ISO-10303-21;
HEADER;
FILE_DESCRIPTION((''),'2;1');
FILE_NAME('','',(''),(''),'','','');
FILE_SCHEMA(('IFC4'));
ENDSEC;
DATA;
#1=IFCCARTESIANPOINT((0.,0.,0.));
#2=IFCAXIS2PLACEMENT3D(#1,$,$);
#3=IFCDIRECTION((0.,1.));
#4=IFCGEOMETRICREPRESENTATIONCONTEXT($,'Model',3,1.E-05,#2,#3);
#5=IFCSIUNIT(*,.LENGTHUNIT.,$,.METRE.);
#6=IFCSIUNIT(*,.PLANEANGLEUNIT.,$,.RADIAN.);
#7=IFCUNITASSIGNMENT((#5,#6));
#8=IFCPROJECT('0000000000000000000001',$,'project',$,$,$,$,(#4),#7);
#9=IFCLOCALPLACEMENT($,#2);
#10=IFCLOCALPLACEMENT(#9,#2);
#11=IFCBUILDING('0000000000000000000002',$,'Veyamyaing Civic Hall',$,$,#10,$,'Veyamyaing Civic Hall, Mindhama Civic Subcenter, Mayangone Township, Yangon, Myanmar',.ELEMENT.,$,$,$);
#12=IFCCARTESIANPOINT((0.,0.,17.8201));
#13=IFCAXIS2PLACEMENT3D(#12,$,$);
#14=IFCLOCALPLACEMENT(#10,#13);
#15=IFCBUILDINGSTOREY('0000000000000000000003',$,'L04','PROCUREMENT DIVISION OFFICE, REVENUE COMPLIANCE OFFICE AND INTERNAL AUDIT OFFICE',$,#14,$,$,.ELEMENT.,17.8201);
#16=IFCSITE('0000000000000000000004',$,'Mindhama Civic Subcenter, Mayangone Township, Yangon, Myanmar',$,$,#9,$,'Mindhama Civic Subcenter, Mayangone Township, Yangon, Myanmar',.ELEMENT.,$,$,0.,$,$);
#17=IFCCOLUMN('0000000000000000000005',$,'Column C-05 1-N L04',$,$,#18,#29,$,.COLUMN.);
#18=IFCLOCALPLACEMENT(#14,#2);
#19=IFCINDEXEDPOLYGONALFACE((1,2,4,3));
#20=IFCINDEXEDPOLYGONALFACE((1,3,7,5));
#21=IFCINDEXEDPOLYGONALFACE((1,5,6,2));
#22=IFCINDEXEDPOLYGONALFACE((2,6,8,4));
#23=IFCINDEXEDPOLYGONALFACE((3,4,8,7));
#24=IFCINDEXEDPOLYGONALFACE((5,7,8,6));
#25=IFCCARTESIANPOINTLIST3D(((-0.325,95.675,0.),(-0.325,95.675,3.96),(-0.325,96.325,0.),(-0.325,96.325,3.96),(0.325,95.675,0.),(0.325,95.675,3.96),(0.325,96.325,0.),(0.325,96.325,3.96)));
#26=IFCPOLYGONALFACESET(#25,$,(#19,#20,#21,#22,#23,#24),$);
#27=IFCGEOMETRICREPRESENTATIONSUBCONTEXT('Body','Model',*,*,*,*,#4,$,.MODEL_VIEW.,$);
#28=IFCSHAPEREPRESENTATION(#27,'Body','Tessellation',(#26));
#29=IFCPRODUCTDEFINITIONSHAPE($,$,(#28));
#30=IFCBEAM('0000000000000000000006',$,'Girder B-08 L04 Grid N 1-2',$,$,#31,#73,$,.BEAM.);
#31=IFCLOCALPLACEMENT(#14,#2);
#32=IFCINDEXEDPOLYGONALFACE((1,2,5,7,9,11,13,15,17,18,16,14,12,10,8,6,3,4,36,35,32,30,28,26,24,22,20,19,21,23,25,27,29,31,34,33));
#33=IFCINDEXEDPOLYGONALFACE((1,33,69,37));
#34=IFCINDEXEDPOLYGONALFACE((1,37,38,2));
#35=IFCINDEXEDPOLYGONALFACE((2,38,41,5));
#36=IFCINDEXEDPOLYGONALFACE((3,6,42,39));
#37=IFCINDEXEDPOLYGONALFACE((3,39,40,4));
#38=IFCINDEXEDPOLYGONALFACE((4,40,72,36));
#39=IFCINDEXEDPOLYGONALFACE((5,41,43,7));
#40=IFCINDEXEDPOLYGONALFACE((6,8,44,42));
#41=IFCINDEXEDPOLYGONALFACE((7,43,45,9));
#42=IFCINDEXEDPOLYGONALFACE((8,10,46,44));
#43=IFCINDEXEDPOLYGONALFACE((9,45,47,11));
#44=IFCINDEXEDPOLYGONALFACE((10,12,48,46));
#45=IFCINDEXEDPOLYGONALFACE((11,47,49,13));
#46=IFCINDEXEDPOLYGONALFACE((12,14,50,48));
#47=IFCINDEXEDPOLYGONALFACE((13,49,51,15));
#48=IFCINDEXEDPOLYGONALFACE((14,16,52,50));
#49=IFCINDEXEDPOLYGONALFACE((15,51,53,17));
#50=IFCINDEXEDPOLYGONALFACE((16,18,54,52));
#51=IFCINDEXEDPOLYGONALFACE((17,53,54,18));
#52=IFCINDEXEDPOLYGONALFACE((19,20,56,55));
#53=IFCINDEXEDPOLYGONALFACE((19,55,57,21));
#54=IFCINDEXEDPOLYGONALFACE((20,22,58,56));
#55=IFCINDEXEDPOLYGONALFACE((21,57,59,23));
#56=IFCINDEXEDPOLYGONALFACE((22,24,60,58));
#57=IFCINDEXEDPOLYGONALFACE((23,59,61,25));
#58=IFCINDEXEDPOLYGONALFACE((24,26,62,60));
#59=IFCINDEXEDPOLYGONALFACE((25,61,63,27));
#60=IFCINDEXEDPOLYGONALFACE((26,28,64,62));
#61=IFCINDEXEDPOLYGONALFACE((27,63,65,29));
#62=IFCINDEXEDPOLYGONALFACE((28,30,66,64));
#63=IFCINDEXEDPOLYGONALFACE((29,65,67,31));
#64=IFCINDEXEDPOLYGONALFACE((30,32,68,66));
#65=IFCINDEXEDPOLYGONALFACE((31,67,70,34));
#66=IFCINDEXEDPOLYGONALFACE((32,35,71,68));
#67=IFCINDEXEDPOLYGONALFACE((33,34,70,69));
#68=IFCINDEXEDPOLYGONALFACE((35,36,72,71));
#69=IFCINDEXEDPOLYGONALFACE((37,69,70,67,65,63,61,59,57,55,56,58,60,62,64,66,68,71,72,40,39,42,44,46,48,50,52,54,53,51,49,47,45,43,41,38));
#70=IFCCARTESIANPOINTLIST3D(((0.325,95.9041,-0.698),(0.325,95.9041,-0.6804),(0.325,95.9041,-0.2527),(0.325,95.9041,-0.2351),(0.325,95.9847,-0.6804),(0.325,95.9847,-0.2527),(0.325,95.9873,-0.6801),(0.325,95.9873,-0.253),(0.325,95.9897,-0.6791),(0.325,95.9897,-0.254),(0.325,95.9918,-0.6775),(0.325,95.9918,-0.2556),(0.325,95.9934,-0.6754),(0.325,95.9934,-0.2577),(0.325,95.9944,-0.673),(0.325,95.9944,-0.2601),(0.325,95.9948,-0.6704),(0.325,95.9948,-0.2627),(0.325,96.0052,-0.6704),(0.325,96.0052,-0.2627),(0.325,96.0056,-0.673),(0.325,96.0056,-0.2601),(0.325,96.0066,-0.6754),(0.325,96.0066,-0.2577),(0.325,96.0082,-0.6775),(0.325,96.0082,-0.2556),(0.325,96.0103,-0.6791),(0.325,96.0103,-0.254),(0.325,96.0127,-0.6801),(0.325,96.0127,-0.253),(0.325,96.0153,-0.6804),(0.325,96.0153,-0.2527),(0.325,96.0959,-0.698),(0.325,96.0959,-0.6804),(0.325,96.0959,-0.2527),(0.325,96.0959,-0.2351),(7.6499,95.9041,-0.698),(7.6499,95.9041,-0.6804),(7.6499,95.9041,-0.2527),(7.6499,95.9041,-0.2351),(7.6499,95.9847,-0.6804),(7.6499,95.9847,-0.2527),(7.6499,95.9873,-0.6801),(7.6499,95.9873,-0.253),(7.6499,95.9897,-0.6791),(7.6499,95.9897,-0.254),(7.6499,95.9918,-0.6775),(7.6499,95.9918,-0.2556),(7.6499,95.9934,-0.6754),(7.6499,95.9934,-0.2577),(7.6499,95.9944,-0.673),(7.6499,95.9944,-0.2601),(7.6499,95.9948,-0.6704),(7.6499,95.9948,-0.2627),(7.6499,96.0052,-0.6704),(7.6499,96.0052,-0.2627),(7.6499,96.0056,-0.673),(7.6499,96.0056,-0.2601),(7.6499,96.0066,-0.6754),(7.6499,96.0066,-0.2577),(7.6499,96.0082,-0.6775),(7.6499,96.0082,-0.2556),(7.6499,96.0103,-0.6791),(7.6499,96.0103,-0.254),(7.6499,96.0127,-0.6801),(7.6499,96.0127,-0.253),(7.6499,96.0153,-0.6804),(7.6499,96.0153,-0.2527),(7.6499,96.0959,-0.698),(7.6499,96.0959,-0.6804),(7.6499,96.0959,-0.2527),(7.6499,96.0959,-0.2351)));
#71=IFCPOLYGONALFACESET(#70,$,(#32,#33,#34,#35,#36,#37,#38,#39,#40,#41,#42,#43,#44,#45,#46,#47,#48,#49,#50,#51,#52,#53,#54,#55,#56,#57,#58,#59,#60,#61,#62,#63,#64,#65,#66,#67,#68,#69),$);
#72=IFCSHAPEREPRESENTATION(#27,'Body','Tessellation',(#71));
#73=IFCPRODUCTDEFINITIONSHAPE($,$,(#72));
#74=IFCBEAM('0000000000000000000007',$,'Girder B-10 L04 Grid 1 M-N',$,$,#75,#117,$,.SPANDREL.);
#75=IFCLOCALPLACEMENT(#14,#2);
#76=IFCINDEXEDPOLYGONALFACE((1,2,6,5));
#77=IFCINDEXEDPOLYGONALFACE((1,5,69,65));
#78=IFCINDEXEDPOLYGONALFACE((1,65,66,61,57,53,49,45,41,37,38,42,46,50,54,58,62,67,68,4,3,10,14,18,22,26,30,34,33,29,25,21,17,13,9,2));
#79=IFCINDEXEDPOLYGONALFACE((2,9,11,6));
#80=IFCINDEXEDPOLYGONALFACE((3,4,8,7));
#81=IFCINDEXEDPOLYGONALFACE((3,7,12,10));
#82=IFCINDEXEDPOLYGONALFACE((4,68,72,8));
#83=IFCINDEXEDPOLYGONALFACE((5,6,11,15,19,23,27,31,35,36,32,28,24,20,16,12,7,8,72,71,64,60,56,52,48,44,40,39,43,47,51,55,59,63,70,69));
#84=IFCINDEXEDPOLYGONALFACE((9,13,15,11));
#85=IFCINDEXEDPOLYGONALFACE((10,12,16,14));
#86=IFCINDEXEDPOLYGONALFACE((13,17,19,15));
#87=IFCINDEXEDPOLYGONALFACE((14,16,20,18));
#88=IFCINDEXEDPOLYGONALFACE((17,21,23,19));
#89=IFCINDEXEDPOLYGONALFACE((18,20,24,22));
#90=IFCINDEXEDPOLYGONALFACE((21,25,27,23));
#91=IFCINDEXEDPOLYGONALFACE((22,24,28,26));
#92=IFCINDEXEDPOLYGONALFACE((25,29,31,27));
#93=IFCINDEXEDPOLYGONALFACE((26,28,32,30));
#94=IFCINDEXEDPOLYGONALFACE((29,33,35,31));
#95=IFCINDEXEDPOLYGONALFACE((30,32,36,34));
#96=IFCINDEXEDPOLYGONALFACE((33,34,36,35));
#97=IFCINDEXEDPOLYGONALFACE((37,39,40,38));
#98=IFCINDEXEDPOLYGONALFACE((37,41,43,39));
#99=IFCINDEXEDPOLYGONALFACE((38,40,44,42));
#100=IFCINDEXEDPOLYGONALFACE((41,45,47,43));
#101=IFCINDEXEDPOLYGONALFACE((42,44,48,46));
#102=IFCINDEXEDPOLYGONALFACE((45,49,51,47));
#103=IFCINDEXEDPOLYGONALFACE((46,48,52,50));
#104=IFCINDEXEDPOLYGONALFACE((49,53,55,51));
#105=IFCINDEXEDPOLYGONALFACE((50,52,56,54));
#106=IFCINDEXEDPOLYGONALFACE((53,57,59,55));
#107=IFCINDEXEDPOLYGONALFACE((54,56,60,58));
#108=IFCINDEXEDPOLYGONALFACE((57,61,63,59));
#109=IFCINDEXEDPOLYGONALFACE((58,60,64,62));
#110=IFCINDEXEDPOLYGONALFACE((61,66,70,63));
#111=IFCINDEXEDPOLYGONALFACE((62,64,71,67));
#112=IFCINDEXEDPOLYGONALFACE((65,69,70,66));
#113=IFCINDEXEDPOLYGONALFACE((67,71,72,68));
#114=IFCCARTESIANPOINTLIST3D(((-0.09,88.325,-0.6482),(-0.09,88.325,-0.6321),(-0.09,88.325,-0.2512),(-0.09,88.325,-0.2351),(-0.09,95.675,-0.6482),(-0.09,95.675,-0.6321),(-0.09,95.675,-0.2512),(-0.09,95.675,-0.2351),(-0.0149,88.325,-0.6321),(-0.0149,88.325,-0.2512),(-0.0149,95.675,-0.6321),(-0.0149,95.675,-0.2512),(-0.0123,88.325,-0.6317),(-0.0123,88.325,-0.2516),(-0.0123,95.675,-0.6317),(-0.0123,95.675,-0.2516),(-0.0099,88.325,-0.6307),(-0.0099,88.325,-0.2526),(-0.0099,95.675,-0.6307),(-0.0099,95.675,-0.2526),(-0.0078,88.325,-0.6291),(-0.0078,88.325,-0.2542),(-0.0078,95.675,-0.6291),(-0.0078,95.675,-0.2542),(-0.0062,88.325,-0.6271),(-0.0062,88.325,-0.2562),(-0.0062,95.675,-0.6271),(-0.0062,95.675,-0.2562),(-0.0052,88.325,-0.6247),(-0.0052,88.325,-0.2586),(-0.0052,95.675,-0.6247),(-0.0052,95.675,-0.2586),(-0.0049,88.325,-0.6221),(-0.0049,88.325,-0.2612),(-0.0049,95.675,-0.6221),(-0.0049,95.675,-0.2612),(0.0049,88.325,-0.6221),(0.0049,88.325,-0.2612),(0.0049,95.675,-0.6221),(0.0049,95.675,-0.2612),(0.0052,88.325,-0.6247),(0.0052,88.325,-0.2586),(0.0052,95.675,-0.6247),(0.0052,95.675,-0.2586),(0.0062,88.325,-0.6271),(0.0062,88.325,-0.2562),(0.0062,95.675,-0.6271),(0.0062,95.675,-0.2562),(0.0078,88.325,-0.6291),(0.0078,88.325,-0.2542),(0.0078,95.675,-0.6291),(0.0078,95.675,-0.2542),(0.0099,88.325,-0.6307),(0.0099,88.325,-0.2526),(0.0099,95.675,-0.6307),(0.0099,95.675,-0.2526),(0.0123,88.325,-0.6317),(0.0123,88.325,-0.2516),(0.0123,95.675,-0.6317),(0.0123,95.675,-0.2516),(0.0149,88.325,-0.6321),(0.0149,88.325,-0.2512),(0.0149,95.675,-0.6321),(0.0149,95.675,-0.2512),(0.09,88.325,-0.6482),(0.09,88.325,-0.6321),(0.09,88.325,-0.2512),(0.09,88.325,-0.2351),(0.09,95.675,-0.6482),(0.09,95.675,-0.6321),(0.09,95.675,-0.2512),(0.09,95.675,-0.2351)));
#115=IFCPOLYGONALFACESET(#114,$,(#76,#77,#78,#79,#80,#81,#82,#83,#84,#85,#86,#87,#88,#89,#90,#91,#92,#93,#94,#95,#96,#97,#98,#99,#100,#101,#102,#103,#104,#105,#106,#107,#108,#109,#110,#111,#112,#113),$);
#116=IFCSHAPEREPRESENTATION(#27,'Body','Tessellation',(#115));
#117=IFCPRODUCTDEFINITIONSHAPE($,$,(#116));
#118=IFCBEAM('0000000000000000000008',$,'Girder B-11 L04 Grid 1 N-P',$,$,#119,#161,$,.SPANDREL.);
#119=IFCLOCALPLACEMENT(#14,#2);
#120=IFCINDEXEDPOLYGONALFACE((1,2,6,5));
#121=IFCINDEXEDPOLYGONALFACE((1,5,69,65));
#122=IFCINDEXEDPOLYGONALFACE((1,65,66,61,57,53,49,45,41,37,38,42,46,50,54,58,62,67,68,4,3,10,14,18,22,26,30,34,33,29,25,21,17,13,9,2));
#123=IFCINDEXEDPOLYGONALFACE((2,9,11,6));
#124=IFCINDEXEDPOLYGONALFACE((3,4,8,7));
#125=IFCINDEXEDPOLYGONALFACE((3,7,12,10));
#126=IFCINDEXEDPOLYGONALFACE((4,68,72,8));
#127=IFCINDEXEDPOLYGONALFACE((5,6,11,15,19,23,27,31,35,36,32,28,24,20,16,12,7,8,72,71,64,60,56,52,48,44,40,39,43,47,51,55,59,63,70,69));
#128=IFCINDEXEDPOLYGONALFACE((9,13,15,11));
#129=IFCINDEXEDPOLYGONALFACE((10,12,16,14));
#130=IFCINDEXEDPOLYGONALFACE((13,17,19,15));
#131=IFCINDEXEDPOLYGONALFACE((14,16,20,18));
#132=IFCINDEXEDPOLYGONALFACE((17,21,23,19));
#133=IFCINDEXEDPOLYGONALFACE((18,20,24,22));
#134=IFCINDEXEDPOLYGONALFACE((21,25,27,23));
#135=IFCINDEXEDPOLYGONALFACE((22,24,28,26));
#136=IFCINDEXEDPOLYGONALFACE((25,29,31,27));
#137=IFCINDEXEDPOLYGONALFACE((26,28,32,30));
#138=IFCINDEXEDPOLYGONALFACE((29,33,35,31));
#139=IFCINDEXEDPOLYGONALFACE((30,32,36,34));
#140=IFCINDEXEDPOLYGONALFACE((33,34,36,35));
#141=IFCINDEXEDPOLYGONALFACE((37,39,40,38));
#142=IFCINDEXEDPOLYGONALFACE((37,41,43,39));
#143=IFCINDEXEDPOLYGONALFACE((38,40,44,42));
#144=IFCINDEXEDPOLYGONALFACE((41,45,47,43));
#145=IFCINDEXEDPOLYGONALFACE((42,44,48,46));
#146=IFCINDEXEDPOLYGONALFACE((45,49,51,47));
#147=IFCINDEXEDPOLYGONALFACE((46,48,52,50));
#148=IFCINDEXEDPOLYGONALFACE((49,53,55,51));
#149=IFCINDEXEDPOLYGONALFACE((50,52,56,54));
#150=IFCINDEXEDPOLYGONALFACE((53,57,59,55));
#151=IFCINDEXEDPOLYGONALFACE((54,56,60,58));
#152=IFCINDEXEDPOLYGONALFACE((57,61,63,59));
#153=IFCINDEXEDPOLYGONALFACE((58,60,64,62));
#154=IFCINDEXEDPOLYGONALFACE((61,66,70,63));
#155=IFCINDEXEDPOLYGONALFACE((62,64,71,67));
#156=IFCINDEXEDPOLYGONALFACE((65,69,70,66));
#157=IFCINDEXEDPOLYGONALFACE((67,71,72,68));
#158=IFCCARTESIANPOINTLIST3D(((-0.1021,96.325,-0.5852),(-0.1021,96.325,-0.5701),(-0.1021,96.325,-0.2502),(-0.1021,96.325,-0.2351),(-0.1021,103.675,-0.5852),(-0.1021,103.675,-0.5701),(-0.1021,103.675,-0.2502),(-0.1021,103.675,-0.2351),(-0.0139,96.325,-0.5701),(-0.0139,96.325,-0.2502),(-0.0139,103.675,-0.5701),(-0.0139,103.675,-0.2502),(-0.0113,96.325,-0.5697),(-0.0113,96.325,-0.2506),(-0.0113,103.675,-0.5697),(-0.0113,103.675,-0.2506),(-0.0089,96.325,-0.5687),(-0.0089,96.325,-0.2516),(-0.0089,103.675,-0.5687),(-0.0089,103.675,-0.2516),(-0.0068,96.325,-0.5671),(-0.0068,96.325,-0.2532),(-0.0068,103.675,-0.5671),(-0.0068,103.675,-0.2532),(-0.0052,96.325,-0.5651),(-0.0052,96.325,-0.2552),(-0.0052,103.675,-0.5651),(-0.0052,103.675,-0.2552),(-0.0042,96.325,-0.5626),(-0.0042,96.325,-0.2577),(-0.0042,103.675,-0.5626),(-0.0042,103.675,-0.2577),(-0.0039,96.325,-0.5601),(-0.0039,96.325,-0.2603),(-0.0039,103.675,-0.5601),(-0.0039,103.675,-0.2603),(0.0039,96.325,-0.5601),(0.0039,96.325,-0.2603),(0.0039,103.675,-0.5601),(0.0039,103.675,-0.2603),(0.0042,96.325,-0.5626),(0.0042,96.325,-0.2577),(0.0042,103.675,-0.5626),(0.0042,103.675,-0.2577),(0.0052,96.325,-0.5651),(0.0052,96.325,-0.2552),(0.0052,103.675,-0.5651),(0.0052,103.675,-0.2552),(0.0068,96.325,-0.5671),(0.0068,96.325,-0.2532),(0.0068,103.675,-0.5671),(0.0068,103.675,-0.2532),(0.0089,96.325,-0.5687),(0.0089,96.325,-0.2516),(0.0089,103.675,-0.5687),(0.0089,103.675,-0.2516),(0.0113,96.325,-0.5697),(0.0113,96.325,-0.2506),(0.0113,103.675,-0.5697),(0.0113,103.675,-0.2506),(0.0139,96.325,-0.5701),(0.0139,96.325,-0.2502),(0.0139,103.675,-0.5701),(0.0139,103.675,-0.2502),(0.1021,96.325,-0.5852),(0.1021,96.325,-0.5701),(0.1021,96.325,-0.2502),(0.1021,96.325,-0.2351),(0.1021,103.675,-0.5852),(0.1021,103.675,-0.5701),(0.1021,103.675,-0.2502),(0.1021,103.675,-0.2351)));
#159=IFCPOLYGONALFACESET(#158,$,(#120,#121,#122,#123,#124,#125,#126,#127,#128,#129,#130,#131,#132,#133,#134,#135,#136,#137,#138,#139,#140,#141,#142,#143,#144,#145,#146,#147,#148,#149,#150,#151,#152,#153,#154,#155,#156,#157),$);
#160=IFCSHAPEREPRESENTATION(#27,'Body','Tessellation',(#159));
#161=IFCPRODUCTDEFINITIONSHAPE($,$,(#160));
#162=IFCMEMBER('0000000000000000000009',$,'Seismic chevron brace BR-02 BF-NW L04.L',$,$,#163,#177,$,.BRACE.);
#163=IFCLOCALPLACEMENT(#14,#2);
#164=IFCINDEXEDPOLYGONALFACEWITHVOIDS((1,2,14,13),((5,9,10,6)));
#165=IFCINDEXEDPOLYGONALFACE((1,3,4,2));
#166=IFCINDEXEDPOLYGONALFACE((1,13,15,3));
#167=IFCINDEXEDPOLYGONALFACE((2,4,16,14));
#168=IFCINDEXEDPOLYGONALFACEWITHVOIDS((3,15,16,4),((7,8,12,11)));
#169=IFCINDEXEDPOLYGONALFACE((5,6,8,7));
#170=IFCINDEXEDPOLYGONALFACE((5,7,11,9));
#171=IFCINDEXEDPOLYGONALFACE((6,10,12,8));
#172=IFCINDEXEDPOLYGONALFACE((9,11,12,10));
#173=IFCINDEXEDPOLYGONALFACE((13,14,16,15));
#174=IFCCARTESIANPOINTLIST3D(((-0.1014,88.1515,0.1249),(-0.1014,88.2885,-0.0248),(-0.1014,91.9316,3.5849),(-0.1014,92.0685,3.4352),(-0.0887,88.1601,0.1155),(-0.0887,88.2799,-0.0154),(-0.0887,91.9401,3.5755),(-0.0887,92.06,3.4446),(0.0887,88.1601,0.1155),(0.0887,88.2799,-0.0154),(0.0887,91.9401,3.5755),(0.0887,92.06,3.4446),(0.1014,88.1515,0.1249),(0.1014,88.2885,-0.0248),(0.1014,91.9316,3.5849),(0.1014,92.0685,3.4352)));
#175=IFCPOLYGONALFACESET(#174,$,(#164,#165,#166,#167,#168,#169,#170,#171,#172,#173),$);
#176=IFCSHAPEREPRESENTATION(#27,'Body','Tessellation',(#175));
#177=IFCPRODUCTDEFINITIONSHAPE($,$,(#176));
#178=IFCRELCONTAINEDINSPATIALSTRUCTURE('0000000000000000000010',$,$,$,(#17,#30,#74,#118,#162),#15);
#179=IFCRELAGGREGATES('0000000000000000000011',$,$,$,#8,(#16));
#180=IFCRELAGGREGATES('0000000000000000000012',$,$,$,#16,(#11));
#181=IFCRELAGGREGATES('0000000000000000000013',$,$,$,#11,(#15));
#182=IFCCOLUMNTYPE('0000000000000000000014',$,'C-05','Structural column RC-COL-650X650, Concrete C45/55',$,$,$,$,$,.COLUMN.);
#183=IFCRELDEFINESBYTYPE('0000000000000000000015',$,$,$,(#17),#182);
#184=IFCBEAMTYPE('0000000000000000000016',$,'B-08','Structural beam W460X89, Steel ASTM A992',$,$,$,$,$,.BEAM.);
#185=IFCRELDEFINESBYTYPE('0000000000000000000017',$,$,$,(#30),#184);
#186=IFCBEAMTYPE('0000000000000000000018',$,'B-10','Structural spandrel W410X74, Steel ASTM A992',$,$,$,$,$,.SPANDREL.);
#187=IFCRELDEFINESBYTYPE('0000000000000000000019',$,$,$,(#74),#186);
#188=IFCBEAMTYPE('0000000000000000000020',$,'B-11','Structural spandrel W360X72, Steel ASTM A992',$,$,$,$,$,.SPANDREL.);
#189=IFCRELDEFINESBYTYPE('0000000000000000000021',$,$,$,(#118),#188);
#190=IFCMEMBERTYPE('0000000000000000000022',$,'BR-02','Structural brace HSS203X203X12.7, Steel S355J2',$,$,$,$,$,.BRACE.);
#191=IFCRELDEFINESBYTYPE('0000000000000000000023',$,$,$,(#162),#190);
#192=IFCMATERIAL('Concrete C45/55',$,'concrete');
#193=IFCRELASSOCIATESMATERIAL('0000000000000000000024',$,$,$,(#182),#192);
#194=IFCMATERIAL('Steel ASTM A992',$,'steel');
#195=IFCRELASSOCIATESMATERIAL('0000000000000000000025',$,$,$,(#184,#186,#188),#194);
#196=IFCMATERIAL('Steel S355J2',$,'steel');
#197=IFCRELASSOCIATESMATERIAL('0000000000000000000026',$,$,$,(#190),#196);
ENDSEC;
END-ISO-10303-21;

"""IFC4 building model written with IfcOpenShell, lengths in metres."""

from ifc_helpers import new_model, si_unit, direction, frame, origin, origin_2d, place, context, subcontext, project, spatial, rectangle, hollow_rectangle, i_section, extrude, material, material_profile, profile_set, type_object, element, save


model = new_model("IFC4")

# Units and contexts
model_context = context("Model", 3, precision=1e-05, world=origin(), true_north=direction((0.0, 1.0)))
body_context = subcontext(model_context, "Body", "Model", "MODEL_VIEW")
ifc_project = project(units=[si_unit("LENGTHUNIT", "METRE"), si_unit("PLANEANGLEUNIT", "RADIAN")], contexts=[model_context])

# Site, building, storey
site_placement = place(None, origin())
site = spatial("IfcSite", under=ifc_project, at=site_placement, Name="Mindhama Civic Subcenter, Mayangone Township, Yangon, Myanmar", LongName="Mindhama Civic Subcenter, Mayangone Township, Yangon, Myanmar", CompositionType="ELEMENT", RefElevation=0.0)
building_placement = place(site_placement, origin())
building = spatial("IfcBuilding", under=site, at=building_placement, Name="Veyamyaing Civic Hall", LongName="Veyamyaing Civic Hall, Mindhama Civic Subcenter, Mayangone Township, Yangon, Myanmar", CompositionType="ELEMENT")
storey_placement = place(building_placement, frame((0.0, 0.0, 17.8201)))
storey = spatial("IfcBuildingStorey", under=building, at=storey_placement, Name="L04", Description="PROCUREMENT DIVISION OFFICE, REVENUE COMPLIANCE OFFICE AND INTERNAL AUDIT OFFICE", CompositionType="ELEMENT", Elevation=17.8201)

# Column
ifc_material_1 = material(Name="Concrete C45/55", Category="concrete")
ifc_material_profile_1 = material_profile(ifc_material_1, rectangle(XDim=0.6499, YDim=0.6499, at=origin_2d()), Name="RC-COL-650X650")
ifc_profile_set_1 = profile_set([ifc_material_profile_1], Name="Concrete C45/55")
column_type = type_object("IfcColumnType", Name="C-05", Description="Structural column RC-COL-650X650, Concrete C45/55", PredefinedType="COLUMN", material=ifc_profile_set_1)
column_placement = place(storey_placement, frame((0.0, 96.0, 0.0), z_axis=(0.0, 0.0, 1.0), x_axis=(1.0, 0.0, 0.0)))
element("IfcColumn", 1, at=column_placement, inside=storey, type_object=column_type, Name="Column C-05 1-N L04", PredefinedType="COLUMN", context=body_context, shape_type="SweptSolid", body=[
    extrude(rectangle(XDim=0.6499, YDim=0.6499, at=origin_2d()), origin(), (0.0, 0.0, 1.0), 3.96),
])

# Beams
ifc_material_2 = material(Name="Steel ASTM A992", Category="steel")
ifc_material_profile_2 = material_profile(ifc_material_2, i_section(OverallWidth=0.1919, OverallDepth=0.4629, WebThickness=0.0105, FlangeThickness=0.0176, FilletRadius=0.01, at=origin_2d()), Name="W460X89")
ifc_profile_set_2 = profile_set([ifc_material_profile_2], Name="Steel ASTM A992")
beam_type_1 = type_object("IfcBeamType", Name="B-08", Description="Structural beam W460X89, Steel ASTM A992", PredefinedType="BEAM", material=ifc_profile_set_2)
beam_1_placement = place(storey_placement, frame((0.325, 96.0, -0.4666), z_axis=(1.0, 0.0, 0.0), x_axis=(0.0, 1.0, 0.0)))
element("IfcBeam", 2, at=beam_1_placement, inside=storey, type_object=beam_type_1, Name="Girder B-08 L04 Grid N 1-2", PredefinedType="BEAM", context=body_context, shape_type="SweptSolid", body=[
    extrude(i_section(OverallWidth=0.1919, OverallDepth=0.4629, WebThickness=0.0105, FlangeThickness=0.0176, FilletRadius=0.01, at=origin_2d()), origin(), (0.0, 0.0, 1.0), 7.325),
])
ifc_material_profile_3 = material_profile(ifc_material_2, i_section(OverallWidth=0.1799, OverallDepth=0.4131, WebThickness=0.0098, FlangeThickness=0.0161, FilletRadius=0.01, at=origin_2d()), Name="W410X74")
ifc_profile_set_3 = profile_set([ifc_material_profile_3], Name="Steel ASTM A992")
beam_type_2 = type_object("IfcBeamType", Name="B-10", Description="Structural spandrel W410X74, Steel ASTM A992", PredefinedType="SPANDREL", material=ifc_profile_set_3)
beam_2_placement = place(storey_placement, frame((0.0, 88.325, -0.4417), z_axis=(0.0, 1.0, 0.0), x_axis=(-1.0, 0.0, 0.0)))
element("IfcBeam", 3, at=beam_2_placement, inside=storey, type_object=beam_type_2, Name="Girder B-10 L04 Grid 1 M-N", PredefinedType="SPANDREL", context=body_context, shape_type="SweptSolid", body=[
    extrude(i_section(OverallWidth=0.1799, OverallDepth=0.4131, WebThickness=0.0098, FlangeThickness=0.0161, FilletRadius=0.01, at=origin_2d()), origin(), (0.0, 0.0, 1.0), 7.3501),
])
ifc_material_profile_4 = material_profile(ifc_material_2, i_section(OverallWidth=0.2041, OverallDepth=0.3501, WebThickness=0.0078, FlangeThickness=0.0151, FilletRadius=0.01, at=origin_2d()), Name="W360X72")
ifc_profile_set_4 = profile_set([ifc_material_profile_4], Name="Steel ASTM A992")
beam_type_3 = type_object("IfcBeamType", Name="B-11", Description="Structural spandrel W360X72, Steel ASTM A992", PredefinedType="SPANDREL", material=ifc_profile_set_4)
beam_3_placement = place(storey_placement, frame((0.0, 96.325, -0.4102), z_axis=(0.0, 1.0, 0.0), x_axis=(-1.0, 0.0, 0.0)))
element("IfcBeam", 4, at=beam_3_placement, inside=storey, type_object=beam_type_3, Name="Girder B-11 L04 Grid 1 N-P", PredefinedType="SPANDREL", context=body_context, shape_type="SweptSolid", body=[
    extrude(i_section(OverallWidth=0.2041, OverallDepth=0.3501, WebThickness=0.0078, FlangeThickness=0.0151, FilletRadius=0.01, at=origin_2d()), origin(), (0.0, 0.0, 1.0), 7.3501),
])

# Member
ifc_material_3 = material(Name="Steel S355J2", Category="steel")
ifc_material_profile_5 = material_profile(ifc_material_3, hollow_rectangle(XDim=0.2029, YDim=0.2029, WallThickness=0.0127, at=origin_2d()), Name="HSS203X203X12.7")
ifc_profile_set_5 = profile_set([ifc_material_profile_5], Name="Steel S355J2")
member_type = type_object("IfcMemberType", Name="BR-02", Description="Structural brace HSS203X203X12.7, Steel S355J2", PredefinedType="BRACE", material=ifc_profile_set_5)
for number, where, z_axis, x_axis, name in (
    (5, (0.0, 88.22, 0.05), (0.0, 0.737646, 0.675187), (-1.0, 0.0, 0.0), "Seismic chevron brace BR-02 BF-NW L04.L"),
):
    element("IfcMember", number, at=place(storey_placement, frame(where, z_axis=z_axis, x_axis=x_axis)), inside=storey, type_object=member_type, Name=name, PredefinedType="BRACE", context=body_context, shape_type="SweptSolid", body=[
        extrude(hollow_rectangle(XDim=0.2029, YDim=0.2029, WallThickness=0.0127, at=origin_2d()), origin(), (0.0, 0.0, 1.0), 5.1245),
    ])

save(model, "model.ifc")
